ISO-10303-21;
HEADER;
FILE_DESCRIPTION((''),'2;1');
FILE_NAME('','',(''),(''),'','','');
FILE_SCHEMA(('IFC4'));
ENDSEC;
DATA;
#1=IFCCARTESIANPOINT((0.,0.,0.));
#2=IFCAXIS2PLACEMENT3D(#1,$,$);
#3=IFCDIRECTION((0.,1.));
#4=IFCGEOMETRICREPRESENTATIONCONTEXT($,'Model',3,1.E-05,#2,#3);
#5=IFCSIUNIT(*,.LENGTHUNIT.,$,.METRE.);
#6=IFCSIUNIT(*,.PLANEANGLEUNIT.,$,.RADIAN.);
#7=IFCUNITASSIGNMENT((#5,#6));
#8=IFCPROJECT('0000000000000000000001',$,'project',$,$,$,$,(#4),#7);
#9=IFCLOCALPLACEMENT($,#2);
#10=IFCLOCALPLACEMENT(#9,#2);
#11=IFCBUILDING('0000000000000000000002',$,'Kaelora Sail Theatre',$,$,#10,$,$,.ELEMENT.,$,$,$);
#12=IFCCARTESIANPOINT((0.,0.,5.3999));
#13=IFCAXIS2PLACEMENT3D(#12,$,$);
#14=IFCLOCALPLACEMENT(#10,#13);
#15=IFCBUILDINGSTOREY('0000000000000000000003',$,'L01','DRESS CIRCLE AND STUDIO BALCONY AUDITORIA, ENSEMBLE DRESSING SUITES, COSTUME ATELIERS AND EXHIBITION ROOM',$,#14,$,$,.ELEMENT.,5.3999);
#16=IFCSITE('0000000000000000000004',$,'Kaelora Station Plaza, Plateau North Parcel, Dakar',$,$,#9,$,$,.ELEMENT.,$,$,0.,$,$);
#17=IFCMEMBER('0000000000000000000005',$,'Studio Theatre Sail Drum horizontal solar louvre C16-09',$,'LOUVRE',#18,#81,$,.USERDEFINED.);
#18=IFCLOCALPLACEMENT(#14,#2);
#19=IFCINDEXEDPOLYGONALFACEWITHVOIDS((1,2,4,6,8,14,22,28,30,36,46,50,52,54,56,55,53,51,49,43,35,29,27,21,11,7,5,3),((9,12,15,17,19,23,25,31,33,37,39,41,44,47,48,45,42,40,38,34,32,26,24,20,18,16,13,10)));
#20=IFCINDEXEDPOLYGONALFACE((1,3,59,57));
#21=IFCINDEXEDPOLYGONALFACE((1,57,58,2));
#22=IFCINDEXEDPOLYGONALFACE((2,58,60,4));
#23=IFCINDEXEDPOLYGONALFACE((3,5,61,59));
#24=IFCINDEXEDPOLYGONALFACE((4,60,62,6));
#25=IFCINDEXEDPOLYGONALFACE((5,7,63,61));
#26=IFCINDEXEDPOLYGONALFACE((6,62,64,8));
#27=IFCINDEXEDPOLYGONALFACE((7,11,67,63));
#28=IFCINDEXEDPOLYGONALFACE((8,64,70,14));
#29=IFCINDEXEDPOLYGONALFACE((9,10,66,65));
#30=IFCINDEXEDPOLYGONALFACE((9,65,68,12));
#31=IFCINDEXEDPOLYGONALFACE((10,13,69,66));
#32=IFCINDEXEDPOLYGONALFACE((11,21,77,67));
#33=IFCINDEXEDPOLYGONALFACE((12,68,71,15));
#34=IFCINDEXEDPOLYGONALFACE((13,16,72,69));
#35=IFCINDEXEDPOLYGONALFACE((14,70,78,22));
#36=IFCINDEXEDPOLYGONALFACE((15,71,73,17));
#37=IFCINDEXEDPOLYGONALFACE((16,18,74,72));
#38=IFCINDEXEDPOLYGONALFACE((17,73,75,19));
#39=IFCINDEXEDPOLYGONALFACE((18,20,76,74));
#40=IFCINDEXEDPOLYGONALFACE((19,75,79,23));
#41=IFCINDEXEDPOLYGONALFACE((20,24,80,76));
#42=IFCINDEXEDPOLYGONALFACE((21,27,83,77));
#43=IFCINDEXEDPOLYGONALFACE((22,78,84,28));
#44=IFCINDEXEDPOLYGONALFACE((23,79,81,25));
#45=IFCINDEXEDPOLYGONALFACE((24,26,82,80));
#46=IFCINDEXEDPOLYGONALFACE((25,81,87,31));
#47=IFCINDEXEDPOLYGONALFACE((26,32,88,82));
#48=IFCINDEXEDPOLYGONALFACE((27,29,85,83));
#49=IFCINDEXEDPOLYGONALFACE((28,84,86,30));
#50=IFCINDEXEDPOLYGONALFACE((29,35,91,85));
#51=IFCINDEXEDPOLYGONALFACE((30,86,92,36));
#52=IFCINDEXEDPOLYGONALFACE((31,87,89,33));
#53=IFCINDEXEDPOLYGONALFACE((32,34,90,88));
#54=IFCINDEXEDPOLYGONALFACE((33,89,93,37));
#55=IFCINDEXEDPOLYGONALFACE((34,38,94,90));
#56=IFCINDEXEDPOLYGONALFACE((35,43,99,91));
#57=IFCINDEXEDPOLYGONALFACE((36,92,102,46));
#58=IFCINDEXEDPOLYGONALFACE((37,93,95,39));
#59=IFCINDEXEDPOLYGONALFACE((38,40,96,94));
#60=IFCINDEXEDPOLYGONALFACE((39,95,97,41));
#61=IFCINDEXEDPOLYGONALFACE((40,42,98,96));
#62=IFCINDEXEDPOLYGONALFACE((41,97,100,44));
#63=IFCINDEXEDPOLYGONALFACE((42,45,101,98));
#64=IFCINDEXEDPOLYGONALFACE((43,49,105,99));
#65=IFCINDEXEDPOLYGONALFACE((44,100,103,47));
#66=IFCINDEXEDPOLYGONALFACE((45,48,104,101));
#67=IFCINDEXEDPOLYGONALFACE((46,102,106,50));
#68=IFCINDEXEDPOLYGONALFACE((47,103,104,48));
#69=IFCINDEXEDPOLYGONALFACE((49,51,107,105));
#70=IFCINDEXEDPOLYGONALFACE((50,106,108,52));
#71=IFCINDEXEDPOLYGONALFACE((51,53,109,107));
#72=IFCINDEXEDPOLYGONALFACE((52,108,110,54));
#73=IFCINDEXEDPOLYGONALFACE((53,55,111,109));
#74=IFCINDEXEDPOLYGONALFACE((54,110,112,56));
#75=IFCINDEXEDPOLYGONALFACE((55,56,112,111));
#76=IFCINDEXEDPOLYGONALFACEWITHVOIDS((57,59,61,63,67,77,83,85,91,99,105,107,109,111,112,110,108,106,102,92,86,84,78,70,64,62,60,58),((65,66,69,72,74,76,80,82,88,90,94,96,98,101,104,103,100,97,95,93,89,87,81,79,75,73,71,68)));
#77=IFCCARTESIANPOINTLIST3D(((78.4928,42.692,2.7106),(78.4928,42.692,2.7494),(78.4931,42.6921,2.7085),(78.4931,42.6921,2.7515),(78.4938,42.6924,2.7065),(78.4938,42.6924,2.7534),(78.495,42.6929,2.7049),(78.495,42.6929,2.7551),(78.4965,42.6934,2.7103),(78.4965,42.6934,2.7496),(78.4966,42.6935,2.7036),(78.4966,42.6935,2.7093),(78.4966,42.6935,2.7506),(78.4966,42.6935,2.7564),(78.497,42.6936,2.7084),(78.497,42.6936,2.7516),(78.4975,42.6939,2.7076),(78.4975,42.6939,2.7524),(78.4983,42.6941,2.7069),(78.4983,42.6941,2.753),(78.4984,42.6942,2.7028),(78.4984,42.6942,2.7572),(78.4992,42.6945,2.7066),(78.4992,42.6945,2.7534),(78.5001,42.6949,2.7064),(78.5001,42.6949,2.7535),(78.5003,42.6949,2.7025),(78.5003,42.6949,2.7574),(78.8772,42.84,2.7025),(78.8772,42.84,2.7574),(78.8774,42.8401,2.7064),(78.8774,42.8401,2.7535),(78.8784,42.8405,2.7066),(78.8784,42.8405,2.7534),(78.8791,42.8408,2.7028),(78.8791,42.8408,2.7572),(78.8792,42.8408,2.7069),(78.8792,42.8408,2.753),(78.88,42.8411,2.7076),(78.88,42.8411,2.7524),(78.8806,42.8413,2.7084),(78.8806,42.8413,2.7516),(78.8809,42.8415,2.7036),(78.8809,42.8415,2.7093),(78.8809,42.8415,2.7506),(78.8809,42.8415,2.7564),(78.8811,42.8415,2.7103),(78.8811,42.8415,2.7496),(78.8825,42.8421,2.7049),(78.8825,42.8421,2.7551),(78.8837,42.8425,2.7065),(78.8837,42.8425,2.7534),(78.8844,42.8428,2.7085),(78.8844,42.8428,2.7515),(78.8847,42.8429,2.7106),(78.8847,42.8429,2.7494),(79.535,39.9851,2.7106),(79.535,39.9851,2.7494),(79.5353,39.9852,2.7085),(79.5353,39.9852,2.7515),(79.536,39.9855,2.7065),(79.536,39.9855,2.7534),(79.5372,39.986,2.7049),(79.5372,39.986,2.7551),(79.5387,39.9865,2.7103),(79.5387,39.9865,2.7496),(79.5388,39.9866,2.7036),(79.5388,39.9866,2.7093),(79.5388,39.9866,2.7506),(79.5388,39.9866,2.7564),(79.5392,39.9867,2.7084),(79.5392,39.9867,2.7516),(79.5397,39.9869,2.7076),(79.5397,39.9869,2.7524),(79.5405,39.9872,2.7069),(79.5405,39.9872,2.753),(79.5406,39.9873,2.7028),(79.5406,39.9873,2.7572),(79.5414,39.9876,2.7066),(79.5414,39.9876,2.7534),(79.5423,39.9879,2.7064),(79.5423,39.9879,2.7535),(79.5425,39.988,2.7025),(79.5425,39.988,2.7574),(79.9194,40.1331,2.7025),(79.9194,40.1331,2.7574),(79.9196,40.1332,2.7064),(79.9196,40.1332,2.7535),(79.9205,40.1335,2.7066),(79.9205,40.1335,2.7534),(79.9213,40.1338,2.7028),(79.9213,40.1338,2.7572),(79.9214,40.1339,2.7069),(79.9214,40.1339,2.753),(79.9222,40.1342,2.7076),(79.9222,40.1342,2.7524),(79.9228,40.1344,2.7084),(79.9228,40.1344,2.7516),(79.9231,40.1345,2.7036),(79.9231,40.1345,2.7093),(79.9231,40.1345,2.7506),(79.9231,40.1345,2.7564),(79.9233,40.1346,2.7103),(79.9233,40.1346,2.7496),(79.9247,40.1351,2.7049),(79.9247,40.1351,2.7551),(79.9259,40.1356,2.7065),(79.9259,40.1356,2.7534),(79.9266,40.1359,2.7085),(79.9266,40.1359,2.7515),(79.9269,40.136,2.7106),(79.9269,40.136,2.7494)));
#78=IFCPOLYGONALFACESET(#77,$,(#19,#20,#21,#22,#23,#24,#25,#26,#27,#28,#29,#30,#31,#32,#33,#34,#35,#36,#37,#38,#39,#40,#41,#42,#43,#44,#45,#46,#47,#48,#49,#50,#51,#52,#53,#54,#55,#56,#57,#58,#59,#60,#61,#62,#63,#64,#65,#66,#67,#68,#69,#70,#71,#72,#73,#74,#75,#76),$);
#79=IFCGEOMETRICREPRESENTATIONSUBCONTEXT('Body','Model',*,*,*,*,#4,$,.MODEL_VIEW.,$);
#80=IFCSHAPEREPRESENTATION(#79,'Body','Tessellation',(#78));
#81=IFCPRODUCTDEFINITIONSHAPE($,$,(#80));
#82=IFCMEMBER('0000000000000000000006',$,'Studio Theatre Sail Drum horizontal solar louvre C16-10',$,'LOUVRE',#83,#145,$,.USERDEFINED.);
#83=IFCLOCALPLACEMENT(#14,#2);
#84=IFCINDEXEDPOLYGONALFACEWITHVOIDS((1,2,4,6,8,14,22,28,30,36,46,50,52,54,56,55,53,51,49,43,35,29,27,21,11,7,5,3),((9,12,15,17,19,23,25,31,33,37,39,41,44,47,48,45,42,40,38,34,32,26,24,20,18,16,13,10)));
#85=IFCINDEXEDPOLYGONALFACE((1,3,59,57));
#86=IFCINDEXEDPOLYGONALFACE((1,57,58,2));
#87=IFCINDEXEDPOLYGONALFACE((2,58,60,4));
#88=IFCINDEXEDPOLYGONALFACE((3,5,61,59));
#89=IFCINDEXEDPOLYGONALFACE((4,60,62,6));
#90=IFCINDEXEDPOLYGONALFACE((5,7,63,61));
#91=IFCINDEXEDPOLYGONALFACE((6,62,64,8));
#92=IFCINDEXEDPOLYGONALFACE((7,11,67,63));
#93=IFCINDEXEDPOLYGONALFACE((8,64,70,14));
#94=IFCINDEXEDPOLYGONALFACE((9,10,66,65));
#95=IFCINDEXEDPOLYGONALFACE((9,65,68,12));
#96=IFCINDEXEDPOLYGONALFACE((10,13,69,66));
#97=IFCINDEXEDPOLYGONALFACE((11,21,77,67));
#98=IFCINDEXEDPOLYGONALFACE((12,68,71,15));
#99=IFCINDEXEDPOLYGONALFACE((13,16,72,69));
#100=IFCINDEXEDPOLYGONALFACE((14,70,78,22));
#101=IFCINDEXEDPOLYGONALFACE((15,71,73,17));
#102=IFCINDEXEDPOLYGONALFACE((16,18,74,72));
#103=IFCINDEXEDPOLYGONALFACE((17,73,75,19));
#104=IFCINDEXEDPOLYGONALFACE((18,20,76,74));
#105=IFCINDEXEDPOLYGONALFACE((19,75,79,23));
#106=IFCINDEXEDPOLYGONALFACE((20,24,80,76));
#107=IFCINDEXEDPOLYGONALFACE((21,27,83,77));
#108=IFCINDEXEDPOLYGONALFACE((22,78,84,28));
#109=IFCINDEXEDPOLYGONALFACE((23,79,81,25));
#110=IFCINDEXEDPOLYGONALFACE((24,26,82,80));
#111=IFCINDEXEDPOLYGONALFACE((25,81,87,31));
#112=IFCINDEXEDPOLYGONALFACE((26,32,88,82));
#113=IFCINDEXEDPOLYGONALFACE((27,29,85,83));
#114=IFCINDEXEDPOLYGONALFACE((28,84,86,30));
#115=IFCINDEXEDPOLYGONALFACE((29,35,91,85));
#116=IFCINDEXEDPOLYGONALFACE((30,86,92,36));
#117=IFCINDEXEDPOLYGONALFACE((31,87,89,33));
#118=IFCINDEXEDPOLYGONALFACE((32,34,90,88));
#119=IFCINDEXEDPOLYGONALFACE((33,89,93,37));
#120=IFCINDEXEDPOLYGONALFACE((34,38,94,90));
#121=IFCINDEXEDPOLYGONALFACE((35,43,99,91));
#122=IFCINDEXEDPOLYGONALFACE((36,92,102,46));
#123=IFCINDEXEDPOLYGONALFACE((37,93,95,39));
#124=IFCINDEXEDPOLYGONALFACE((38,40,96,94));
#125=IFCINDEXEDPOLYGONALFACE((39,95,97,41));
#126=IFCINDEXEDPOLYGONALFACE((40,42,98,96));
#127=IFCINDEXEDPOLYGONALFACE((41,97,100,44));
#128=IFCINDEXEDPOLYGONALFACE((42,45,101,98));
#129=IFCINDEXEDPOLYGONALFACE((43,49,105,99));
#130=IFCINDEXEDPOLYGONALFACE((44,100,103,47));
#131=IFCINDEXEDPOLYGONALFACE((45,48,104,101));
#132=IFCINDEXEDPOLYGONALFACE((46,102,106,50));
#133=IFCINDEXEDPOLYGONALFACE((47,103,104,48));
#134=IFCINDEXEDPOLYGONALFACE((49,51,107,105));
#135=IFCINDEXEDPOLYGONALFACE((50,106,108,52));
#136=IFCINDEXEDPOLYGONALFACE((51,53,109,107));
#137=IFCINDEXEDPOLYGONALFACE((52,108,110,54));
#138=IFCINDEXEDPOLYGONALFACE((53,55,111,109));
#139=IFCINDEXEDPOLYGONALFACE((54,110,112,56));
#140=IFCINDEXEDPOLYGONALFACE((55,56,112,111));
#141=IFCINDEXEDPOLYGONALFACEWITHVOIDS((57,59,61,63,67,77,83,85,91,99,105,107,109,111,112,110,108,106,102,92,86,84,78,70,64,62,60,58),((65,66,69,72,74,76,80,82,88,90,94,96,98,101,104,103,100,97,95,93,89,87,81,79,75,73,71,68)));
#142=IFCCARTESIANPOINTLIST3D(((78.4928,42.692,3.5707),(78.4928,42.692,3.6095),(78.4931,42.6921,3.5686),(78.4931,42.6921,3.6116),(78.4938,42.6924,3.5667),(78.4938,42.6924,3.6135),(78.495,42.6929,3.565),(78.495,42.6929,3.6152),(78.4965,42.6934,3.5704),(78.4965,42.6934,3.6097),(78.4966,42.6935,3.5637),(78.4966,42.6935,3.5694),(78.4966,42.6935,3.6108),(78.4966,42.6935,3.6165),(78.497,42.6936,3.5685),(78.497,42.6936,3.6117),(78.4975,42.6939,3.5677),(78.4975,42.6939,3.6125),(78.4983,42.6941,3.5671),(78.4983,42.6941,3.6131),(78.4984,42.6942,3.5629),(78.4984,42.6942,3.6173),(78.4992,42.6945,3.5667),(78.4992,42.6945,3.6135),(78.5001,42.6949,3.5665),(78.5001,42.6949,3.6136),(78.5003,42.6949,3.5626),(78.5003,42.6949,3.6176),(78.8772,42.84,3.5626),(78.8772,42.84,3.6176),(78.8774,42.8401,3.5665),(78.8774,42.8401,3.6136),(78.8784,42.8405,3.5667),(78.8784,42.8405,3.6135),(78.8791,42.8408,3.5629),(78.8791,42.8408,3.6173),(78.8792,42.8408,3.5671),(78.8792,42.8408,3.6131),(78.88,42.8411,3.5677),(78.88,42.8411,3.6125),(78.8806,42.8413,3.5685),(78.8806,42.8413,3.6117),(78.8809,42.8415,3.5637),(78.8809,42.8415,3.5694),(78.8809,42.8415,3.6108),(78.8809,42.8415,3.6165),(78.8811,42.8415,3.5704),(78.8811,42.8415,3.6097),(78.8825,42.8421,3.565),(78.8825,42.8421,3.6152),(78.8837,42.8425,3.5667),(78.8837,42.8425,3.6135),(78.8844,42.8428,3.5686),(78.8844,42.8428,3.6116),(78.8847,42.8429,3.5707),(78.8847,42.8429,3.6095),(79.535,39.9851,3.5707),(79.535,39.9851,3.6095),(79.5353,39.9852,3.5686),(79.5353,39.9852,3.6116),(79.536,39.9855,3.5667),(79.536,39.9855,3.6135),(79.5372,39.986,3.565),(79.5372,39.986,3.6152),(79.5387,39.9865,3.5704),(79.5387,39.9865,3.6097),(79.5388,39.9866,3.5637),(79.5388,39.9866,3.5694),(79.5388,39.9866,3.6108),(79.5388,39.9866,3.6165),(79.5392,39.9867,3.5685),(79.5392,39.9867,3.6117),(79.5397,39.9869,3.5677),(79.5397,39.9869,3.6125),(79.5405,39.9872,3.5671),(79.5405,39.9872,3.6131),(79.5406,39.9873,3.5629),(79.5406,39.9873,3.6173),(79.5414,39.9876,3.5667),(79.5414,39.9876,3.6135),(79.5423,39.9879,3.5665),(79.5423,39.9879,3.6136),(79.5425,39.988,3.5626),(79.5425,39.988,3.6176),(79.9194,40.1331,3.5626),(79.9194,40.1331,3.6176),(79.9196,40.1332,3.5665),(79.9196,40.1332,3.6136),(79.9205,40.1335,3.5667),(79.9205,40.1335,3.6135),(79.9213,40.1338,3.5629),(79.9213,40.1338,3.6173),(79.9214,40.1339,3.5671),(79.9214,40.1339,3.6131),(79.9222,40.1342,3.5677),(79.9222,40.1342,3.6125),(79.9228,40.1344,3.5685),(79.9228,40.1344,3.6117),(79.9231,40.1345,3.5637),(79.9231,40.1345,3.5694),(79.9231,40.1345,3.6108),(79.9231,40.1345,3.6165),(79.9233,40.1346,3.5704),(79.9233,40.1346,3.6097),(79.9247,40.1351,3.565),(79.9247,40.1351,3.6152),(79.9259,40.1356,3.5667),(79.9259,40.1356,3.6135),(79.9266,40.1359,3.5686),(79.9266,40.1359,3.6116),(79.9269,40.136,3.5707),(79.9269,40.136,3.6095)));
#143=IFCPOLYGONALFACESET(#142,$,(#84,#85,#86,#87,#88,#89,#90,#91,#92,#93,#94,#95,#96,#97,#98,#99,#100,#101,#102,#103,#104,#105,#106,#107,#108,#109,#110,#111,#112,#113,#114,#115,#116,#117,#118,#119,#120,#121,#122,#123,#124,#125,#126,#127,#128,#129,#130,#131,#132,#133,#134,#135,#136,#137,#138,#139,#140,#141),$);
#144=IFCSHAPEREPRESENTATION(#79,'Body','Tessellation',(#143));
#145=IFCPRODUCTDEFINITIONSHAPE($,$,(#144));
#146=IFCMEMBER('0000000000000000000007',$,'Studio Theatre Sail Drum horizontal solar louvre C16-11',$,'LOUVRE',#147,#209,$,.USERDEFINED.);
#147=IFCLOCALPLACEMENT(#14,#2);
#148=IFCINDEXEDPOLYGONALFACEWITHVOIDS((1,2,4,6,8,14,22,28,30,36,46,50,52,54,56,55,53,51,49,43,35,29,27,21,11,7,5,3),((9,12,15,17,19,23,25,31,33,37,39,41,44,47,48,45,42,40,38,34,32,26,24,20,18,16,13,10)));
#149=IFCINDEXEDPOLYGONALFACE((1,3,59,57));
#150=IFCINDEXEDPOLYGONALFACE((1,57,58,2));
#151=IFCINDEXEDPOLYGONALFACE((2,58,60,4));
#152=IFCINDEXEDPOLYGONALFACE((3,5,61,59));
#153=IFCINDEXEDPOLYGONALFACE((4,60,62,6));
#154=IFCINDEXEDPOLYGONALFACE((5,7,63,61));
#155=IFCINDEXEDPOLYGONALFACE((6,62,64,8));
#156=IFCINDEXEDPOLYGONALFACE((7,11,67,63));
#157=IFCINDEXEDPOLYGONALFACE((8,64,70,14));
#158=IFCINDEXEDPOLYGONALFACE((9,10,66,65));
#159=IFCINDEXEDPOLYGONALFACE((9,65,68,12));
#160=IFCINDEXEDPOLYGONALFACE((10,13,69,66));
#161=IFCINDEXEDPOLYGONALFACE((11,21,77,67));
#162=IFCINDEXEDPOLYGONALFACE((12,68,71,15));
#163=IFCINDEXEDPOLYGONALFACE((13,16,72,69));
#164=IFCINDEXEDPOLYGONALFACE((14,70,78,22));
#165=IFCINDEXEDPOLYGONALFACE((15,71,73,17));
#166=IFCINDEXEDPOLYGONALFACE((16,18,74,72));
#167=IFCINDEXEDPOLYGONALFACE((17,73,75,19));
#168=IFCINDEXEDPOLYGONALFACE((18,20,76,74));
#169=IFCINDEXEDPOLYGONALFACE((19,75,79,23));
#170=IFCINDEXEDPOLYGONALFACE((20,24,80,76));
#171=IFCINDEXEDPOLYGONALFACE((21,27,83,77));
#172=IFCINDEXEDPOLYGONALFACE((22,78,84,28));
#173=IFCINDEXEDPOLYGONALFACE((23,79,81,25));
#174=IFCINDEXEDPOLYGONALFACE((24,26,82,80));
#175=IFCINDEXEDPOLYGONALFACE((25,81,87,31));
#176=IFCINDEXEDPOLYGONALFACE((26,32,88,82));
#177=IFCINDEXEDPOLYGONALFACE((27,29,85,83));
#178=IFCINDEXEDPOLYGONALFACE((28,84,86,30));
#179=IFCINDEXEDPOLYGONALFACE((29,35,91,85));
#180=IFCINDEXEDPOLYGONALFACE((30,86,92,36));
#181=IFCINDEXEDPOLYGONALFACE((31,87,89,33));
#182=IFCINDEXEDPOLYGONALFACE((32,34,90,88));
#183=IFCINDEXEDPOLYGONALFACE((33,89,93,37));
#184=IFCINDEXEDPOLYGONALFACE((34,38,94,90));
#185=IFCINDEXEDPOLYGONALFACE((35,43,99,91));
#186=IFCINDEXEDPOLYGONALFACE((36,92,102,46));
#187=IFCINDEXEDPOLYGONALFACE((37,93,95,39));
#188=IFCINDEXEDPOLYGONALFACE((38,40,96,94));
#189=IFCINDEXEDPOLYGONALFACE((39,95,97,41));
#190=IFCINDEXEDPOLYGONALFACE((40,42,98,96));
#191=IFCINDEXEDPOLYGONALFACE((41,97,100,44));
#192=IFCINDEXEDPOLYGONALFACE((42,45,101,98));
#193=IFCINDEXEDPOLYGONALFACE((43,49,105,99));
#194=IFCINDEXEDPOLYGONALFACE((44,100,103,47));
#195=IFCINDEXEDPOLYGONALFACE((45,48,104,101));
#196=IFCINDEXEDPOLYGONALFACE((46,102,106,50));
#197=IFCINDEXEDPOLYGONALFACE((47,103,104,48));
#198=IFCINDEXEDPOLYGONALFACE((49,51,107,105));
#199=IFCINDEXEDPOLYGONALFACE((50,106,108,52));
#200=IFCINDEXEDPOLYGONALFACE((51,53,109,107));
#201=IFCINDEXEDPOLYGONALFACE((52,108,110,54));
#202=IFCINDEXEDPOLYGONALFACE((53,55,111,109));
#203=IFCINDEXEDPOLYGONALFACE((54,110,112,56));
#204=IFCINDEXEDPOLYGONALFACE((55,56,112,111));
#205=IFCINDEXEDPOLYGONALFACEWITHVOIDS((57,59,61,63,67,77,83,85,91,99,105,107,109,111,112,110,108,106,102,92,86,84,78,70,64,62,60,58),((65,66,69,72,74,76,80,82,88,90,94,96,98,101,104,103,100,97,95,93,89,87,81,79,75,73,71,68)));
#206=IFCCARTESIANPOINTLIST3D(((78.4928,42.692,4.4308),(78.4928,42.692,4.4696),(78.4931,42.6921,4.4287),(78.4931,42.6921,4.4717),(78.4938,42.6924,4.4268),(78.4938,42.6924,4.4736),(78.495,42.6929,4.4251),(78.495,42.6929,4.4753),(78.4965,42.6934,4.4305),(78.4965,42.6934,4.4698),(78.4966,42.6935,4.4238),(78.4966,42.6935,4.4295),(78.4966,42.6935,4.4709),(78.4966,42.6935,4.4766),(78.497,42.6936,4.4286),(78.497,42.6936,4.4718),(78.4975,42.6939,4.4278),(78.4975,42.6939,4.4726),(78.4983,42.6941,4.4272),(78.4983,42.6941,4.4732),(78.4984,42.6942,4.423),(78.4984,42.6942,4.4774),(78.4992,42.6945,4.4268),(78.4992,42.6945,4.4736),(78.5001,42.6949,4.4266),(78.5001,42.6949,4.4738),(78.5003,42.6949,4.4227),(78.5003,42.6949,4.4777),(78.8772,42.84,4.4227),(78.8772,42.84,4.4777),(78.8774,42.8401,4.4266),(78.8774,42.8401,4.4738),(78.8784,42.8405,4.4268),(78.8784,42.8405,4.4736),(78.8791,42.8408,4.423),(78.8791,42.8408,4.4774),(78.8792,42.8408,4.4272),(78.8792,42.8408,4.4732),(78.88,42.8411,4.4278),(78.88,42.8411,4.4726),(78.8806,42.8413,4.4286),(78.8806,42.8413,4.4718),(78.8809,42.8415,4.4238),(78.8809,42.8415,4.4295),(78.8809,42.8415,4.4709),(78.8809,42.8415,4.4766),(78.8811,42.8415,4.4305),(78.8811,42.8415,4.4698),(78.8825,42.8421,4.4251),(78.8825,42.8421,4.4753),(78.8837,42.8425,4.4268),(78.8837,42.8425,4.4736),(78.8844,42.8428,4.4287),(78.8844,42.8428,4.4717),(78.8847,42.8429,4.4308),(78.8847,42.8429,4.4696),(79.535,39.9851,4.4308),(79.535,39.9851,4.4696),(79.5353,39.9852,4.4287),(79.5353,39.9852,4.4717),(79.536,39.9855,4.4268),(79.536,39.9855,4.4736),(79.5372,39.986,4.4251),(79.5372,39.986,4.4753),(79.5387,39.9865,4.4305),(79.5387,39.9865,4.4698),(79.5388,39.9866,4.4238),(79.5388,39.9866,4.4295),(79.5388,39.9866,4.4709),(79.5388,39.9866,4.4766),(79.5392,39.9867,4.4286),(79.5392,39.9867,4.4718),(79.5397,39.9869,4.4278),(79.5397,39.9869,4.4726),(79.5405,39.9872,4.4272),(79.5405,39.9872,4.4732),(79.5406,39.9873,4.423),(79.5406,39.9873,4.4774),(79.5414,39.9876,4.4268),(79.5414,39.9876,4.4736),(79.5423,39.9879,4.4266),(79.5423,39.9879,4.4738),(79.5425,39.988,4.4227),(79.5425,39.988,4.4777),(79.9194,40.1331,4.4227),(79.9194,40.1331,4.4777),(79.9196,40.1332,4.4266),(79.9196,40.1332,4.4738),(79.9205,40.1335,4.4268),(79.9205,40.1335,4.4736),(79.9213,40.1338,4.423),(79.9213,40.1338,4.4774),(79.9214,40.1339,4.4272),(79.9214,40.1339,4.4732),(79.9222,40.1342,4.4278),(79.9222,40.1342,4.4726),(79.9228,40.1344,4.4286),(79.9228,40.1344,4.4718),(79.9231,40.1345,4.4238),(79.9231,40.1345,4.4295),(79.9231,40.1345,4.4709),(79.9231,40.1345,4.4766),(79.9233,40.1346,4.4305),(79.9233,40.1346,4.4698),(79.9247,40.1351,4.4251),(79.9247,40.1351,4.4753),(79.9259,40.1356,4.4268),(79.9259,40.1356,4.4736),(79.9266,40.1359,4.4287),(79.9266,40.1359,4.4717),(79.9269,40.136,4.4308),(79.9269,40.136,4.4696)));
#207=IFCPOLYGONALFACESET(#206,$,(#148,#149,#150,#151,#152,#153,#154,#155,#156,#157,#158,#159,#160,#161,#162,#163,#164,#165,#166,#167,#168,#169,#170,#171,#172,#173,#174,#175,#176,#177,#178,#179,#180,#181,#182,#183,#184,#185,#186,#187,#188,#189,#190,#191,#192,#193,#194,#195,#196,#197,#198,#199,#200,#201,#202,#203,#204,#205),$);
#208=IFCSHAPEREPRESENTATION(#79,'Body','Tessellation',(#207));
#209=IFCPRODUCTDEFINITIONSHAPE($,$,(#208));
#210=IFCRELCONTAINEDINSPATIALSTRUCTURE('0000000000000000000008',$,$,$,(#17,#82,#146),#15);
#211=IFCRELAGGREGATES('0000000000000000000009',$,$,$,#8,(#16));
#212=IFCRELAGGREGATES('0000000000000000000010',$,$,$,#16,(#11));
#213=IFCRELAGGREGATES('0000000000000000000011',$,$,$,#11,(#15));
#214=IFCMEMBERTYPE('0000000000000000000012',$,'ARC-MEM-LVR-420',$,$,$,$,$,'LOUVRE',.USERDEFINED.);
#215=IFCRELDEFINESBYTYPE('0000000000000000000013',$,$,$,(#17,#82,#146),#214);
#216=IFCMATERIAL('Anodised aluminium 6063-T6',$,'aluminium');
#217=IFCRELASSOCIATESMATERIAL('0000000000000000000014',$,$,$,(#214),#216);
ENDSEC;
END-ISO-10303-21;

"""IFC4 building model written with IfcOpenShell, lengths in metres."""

from ifc_helpers import new_model, si_unit, direction, frame, origin, origin_2d, place, context, subcontext, project, spatial, hollow_rectangle, extrude, material, material_profile, profile_set, type_object, element, save


model = new_model("IFC4")

# Units and contexts
model_context = context("Model", 3, precision=1e-05, world=origin(), true_north=direction((0.0, 1.0)))
body_context = subcontext(model_context, "Body", "Model", "MODEL_VIEW")
ifc_project = project(units=[si_unit("LENGTHUNIT", "METRE"), si_unit("PLANEANGLEUNIT", "RADIAN")], contexts=[model_context])

# Site, building, storey
site_placement = place(None, origin())
site = spatial("IfcSite", under=ifc_project, at=site_placement, Name="Kaelora Station Plaza, Plateau North Parcel, Dakar", CompositionType="ELEMENT", RefElevation=0.0)
building_placement = place(site_placement, origin())
building = spatial("IfcBuilding", under=site, at=building_placement, Name="Kaelora Sail Theatre", CompositionType="ELEMENT")
storey_placement = place(building_placement, frame((0.0, 0.0, 5.3999)))
storey = spatial("IfcBuildingStorey", under=building, at=storey_placement, Name="L01", Description="DRESS CIRCLE AND STUDIO BALCONY AUDITORIA, ENSEMBLE DRESSING SUITES, COSTUME ATELIERS AND EXHIBITION ROOM", CompositionType="ELEMENT", Elevation=5.3999)

# Members
ifc_material_1 = material(Name="Anodised aluminium 6063-T6", Category="aluminium")
ifc_material_profile_1 = material_profile(ifc_material_1, hollow_rectangle(XDim=0.4199, YDim=0.0549, WallThickness=0.0039, InnerFilletRadius=0.0039, OuterFilletRadius=0.0081, at=origin_2d()), Name="LOUVRE 420x55x4")
ifc_profile_set_1 = profile_set([ifc_material_profile_1], Name="Anodised aluminium 6063-T6")
member_type = type_object("IfcMemberType", Name="ARC-MEM-LVR-420", ElementType="LOUVRE", PredefinedType="USERDEFINED", material=ifc_profile_set_1)
for number, where, z_axis, x_axis, name in (
    (1, (79.731, 40.0605, 2.73), (-0.359301, 0.933222, 0.0), (-0.933222, -0.359301, 0.0), "Studio Theatre Sail Drum horizontal solar louvre C16-09"),
    (2, (79.731, 40.0605, 3.5901), (-0.359301, 0.933222, 0.0), (-0.933222, -0.359301, 0.0), "Studio Theatre Sail Drum horizontal solar louvre C16-10"),
    (3, (79.731, 40.0605, 4.4502), (-0.359301, 0.933222, 0.0), (-0.933222, -0.359301, 0.0), "Studio Theatre Sail Drum horizontal solar louvre C16-11"),
):
    element("IfcMember", number, at=place(storey_placement, frame(where, z_axis=z_axis, x_axis=x_axis)), inside=storey, type_object=member_type, Name=name, ObjectType="LOUVRE", PredefinedType="USERDEFINED", context=body_context, shape_type="SweptSolid", body=[
        extrude(hollow_rectangle(XDim=0.4199, YDim=0.0549, WallThickness=0.0039, InnerFilletRadius=0.0039, OuterFilletRadius=0.0081, at=origin_2d()), origin(), (0.0, 0.0, 1.0), 2.9006),
    ])

save(model, "model.ifc")
